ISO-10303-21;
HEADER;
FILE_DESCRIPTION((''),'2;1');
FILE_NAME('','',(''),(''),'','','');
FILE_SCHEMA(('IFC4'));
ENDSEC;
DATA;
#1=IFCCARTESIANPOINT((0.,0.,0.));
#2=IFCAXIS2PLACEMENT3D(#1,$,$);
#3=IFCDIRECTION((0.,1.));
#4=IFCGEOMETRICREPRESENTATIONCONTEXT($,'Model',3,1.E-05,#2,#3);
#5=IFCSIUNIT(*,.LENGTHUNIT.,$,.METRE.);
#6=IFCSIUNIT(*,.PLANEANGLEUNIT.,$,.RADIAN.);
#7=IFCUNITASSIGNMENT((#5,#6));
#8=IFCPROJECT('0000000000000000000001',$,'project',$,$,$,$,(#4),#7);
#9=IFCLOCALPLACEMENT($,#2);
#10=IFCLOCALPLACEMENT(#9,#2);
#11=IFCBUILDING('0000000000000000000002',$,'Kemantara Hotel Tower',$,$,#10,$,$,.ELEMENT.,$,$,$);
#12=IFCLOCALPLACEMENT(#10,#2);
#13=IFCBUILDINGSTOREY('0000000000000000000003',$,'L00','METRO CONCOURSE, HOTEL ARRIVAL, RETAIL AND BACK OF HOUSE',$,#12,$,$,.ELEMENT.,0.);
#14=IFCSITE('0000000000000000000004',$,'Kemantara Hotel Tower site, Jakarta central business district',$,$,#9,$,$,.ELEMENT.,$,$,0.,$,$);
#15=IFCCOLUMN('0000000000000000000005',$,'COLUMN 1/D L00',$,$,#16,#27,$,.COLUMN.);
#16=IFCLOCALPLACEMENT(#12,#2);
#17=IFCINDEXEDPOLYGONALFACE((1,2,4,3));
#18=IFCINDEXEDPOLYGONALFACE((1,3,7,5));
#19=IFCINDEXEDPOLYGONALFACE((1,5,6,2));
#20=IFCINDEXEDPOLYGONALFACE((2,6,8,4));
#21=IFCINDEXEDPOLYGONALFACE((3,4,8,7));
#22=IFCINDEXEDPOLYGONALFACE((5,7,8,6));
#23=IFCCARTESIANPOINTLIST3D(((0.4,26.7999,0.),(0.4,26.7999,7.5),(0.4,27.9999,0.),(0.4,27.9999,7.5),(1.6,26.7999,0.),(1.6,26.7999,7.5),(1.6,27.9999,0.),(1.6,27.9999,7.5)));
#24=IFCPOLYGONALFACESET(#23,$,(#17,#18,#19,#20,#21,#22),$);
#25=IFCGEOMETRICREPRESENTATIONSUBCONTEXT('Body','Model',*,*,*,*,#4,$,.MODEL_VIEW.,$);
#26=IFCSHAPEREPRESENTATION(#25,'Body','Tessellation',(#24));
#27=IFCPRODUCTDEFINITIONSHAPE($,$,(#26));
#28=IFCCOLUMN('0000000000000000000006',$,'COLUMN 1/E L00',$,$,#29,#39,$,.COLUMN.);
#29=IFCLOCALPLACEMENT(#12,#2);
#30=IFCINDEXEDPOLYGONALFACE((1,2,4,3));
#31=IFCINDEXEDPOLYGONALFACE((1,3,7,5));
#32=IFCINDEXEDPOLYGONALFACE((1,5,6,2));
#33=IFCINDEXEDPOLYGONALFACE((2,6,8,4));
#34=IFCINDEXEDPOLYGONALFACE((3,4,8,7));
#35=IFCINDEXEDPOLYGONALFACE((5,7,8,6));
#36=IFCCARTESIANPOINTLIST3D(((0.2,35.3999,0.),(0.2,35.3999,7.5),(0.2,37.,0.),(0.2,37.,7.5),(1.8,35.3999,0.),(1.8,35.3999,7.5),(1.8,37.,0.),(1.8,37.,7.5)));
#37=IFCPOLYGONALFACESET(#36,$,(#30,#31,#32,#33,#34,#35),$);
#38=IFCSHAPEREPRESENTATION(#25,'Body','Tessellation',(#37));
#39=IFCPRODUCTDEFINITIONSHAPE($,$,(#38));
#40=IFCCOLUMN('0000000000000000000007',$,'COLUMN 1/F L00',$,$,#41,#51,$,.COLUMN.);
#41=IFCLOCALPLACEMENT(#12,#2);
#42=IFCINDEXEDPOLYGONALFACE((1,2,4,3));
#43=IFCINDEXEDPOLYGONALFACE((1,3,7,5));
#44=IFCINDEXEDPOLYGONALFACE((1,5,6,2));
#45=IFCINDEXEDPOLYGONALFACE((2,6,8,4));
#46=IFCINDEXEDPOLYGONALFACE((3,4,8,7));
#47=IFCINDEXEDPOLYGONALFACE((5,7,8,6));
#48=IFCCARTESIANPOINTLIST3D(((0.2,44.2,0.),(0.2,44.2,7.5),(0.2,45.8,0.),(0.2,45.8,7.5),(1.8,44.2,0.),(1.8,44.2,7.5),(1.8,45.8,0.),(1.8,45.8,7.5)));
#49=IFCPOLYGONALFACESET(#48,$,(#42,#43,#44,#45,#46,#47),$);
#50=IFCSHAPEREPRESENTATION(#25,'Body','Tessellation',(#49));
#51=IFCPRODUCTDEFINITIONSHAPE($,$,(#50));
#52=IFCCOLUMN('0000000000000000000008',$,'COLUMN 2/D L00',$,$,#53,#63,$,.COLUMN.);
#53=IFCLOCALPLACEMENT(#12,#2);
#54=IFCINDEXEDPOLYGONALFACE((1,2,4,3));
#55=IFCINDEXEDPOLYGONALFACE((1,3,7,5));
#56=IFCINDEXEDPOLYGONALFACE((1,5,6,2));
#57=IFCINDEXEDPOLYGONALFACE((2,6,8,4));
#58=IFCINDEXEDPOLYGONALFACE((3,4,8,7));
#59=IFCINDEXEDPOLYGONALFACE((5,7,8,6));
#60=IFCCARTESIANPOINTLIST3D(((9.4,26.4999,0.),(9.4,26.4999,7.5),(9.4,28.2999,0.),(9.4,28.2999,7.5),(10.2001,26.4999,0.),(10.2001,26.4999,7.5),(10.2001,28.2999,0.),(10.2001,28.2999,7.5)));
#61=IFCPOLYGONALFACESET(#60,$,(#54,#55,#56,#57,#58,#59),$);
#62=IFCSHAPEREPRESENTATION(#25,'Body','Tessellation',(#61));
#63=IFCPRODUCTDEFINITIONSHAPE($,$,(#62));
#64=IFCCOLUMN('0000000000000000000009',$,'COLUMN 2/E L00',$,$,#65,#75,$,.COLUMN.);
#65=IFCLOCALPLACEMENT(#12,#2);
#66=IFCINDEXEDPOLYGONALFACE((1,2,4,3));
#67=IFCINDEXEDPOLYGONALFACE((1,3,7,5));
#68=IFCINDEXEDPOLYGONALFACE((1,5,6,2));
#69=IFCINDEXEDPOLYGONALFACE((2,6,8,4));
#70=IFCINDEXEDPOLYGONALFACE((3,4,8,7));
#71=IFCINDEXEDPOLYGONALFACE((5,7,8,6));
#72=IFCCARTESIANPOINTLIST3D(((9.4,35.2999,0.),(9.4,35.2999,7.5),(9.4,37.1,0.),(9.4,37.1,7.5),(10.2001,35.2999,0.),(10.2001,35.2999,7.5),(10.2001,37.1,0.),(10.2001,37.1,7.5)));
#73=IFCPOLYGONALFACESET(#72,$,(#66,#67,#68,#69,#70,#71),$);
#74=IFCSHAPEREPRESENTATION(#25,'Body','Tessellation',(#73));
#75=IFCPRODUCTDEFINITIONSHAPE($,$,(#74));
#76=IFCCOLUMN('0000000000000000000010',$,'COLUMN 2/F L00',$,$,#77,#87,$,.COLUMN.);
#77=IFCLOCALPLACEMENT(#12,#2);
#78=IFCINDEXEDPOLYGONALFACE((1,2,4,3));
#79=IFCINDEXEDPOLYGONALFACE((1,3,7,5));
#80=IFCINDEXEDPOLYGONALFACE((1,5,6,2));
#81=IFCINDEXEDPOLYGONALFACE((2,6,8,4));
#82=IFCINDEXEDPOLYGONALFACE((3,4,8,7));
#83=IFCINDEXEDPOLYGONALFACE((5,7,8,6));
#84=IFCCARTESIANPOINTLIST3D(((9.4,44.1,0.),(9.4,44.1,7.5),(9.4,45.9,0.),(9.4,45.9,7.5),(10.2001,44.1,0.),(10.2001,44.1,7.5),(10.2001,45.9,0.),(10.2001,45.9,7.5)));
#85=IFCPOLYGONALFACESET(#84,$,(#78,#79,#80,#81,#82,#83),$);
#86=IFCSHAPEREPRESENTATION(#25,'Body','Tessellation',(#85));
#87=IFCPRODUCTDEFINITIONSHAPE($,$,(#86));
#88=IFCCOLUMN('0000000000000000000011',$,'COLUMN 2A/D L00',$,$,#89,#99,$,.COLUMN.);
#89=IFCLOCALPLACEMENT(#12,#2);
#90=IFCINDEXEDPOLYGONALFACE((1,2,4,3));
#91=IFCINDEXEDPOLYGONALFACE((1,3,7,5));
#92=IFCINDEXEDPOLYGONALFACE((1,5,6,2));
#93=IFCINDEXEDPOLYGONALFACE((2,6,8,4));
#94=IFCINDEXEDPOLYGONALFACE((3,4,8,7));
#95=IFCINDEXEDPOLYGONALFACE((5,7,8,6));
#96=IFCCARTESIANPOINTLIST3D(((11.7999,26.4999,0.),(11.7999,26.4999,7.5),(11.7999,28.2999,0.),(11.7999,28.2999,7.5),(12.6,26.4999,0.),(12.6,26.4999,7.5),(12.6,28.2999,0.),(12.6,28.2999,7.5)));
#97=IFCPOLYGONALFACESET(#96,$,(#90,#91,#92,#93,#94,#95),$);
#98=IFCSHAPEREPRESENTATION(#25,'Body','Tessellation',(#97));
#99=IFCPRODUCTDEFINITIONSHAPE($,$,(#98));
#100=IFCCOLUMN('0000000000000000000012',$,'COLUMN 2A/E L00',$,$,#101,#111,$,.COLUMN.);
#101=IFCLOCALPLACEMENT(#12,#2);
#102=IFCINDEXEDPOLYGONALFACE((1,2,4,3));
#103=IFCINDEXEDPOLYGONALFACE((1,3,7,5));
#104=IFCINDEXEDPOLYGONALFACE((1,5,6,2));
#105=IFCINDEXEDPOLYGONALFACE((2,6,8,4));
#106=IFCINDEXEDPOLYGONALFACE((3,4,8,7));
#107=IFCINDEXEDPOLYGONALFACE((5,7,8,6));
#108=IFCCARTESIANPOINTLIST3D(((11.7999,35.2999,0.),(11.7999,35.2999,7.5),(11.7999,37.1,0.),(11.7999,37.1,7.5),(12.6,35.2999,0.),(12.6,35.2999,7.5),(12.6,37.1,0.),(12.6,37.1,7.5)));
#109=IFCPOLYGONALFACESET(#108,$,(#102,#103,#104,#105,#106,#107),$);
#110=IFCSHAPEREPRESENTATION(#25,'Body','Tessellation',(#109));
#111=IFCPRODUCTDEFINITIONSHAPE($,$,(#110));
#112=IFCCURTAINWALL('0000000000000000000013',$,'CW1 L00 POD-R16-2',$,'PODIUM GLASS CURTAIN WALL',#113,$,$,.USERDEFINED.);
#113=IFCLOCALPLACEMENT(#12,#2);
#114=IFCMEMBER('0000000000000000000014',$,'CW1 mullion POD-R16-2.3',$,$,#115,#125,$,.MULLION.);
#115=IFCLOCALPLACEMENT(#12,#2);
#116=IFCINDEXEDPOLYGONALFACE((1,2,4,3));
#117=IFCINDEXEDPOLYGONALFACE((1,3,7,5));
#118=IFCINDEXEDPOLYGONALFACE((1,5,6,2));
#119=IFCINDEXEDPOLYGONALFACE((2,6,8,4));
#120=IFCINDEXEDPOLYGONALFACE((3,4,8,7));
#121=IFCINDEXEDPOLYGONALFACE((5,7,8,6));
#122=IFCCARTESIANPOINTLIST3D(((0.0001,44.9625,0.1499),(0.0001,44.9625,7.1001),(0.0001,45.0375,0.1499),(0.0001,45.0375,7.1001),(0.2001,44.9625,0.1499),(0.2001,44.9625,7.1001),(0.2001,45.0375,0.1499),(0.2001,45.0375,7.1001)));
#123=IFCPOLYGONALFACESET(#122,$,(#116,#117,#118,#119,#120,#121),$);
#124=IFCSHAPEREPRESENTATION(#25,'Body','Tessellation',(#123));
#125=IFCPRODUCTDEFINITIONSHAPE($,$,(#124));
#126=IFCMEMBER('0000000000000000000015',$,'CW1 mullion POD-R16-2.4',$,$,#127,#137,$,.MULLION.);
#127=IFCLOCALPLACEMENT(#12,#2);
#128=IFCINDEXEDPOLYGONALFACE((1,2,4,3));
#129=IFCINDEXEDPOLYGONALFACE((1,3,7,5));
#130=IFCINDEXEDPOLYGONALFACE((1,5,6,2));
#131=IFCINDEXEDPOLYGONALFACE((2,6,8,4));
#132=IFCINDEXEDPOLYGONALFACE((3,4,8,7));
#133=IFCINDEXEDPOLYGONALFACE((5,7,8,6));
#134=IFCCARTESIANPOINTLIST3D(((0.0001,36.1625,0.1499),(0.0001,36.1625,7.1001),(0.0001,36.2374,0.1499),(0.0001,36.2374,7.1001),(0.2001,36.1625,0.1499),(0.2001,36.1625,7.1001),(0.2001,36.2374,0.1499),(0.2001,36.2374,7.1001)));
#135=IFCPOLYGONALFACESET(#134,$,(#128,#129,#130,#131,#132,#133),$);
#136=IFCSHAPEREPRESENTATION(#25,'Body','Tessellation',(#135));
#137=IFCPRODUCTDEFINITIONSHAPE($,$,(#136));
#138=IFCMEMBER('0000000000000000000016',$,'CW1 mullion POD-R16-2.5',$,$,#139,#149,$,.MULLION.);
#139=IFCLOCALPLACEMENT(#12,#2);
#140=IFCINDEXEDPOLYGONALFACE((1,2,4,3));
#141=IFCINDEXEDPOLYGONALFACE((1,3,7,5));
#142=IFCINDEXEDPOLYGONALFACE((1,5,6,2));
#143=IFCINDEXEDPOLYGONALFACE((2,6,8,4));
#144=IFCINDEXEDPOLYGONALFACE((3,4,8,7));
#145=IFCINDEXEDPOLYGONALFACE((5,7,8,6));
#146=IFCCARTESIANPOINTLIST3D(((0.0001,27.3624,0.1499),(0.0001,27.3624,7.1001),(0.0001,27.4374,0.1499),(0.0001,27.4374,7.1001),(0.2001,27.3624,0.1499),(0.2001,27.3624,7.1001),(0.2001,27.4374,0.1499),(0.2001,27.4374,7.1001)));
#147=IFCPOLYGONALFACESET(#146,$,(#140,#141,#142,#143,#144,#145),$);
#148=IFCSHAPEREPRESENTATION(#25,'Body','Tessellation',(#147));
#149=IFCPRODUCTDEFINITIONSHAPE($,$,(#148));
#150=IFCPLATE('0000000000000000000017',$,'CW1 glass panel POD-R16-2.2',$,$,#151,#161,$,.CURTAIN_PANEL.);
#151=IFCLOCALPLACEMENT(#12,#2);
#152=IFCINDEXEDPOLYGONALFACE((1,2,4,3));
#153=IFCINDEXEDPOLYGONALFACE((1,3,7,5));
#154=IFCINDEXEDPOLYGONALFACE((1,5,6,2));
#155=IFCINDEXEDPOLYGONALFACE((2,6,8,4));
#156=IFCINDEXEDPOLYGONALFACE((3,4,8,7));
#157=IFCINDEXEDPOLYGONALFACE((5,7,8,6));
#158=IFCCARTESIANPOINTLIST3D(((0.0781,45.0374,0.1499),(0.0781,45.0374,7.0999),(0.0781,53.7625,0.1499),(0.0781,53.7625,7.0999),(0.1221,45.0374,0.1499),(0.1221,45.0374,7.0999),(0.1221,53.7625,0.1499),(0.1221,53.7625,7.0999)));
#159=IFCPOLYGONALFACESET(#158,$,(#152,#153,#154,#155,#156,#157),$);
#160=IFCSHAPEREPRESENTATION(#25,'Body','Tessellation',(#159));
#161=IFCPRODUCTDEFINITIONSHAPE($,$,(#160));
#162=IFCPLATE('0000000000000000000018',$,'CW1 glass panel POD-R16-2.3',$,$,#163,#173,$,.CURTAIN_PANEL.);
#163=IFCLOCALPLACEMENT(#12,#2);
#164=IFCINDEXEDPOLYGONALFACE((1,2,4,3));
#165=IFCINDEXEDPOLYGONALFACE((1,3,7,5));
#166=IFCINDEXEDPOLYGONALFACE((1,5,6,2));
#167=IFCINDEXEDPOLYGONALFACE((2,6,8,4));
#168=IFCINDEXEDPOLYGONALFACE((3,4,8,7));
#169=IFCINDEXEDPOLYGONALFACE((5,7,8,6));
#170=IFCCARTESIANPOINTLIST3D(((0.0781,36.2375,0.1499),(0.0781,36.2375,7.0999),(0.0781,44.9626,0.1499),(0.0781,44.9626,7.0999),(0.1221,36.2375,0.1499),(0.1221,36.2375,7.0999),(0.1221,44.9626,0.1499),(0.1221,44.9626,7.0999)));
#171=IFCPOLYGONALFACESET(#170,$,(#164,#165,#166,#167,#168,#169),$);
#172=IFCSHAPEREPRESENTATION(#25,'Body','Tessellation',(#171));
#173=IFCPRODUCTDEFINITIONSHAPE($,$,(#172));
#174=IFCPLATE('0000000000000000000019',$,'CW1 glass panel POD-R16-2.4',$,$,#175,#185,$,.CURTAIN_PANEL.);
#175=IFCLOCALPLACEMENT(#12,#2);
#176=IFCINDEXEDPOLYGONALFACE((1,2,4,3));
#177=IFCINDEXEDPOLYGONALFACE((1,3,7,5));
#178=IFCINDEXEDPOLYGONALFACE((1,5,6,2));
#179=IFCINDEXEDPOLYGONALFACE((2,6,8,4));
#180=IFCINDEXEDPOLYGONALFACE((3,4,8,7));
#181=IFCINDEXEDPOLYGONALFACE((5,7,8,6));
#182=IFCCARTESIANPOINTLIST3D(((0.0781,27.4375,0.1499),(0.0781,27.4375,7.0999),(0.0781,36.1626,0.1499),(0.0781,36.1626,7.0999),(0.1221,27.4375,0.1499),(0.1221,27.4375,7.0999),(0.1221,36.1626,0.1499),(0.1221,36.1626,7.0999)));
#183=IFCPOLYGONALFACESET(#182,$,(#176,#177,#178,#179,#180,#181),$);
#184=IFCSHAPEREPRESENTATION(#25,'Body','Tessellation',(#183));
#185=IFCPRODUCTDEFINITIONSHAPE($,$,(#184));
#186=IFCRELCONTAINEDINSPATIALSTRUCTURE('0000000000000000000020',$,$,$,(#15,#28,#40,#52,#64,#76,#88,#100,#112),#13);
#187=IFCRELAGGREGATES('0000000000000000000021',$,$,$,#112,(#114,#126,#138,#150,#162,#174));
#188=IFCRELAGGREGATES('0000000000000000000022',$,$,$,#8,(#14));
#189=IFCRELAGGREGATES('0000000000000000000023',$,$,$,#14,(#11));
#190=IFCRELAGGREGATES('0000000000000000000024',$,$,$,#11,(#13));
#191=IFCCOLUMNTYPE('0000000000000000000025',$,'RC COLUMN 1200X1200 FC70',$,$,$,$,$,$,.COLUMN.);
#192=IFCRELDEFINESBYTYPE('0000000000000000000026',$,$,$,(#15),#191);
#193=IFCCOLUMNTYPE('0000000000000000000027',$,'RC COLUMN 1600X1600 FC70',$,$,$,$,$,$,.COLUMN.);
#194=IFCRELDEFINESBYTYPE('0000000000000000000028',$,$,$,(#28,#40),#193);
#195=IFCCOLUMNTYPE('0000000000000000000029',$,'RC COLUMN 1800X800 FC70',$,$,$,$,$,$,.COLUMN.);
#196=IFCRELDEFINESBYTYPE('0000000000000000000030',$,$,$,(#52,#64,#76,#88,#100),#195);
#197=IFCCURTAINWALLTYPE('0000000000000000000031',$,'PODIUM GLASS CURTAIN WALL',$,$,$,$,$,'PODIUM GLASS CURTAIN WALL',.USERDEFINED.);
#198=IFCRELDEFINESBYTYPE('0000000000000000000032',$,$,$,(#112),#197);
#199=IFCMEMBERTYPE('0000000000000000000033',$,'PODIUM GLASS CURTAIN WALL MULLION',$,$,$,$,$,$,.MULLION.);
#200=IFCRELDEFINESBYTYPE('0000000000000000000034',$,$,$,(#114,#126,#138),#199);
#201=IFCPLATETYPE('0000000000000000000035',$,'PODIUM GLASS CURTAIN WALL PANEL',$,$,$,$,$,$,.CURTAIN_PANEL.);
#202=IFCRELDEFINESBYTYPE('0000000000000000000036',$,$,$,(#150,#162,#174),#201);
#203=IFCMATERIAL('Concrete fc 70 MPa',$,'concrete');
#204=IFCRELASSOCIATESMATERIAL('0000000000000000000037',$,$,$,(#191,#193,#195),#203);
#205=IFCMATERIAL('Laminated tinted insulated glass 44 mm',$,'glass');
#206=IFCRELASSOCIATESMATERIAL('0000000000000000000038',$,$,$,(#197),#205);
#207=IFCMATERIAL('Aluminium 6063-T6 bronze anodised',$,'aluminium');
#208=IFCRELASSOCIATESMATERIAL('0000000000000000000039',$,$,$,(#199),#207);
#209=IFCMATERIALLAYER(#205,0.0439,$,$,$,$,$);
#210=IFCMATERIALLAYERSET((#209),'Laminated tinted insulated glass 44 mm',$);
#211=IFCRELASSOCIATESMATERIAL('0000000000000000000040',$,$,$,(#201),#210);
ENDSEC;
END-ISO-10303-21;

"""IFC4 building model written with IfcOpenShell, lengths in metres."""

from ifc_helpers import new_model, si_unit, direction, frame, origin, origin_2d, place, context, subcontext, project, spatial, rectangle, extrude, source, transform, mapped, material, layer, layer_set, material_profile, profile_set, type_object, element, aggregate, save


model = new_model("IFC4")

# Units and contexts
model_context = context("Model", 3, precision=1e-05, world=origin(), true_north=direction((0.0, 1.0)))
body_context = subcontext(model_context, "Body", "Model", "MODEL_VIEW")
ifc_project = project(units=[si_unit("LENGTHUNIT", "METRE"), si_unit("PLANEANGLEUNIT", "RADIAN")], contexts=[model_context])

# Site, building, storey
site_placement = place(None, origin())
site = spatial("IfcSite", under=ifc_project, at=site_placement, Name="Kemantara Hotel Tower site, Jakarta central business district", CompositionType="ELEMENT", RefElevation=0.0)
building_placement = place(site_placement, origin())
building = spatial("IfcBuilding", under=site, at=building_placement, Name="Kemantara Hotel Tower", CompositionType="ELEMENT")
storey_placement = place(building_placement, origin())
storey = spatial("IfcBuildingStorey", under=building, at=storey_placement, Name="L00", Description="METRO CONCOURSE, HOTEL ARRIVAL, RETAIL AND BACK OF HOUSE", CompositionType="ELEMENT", Elevation=0.0)

# Columns
ifc_material_1 = material(Name="Concrete fc 70 MPa", Category="concrete")
ifc_material_profile_1 = material_profile(ifc_material_1, rectangle(XDim=1.2, YDim=1.2, at=origin_2d()), Name="RC 1200X1200")
ifc_profile_set_1 = profile_set([ifc_material_profile_1], Name="Concrete fc 70 MPa")
column_type_1 = type_object("IfcColumnType", Name="RC COLUMN 1200X1200 FC70", PredefinedType="COLUMN", material=ifc_profile_set_1)
column_placement = place(storey_placement, frame((1.0, 27.3999, 0.0), z_axis=(0.0, 0.0, 1.0), x_axis=(1.0, 0.0, 0.0)))
element("IfcColumn", 1, at=column_placement, inside=storey, type_object=column_type_1, Name="COLUMN 1/D L00", PredefinedType="COLUMN", context=body_context, shape_type="SweptSolid", body=[
    extrude(rectangle(XDim=1.2, YDim=1.2, at=origin_2d()), origin(), (0.0, 0.0, 1.0), 7.5),
])
ifc_material_profile_2 = material_profile(ifc_material_1, rectangle(XDim=1.6001, YDim=1.6001, at=origin_2d()), Name="RC 1600X1600")
ifc_profile_set_2 = profile_set([ifc_material_profile_2], Name="Concrete fc 70 MPa")
column_type_2 = type_object("IfcColumnType", Name="RC COLUMN 1600X1600 FC70", PredefinedType="COLUMN", material=ifc_profile_set_2)
for number, where, z_axis, x_axis, name in (
    (2, (1.0, 36.2, 0.0), (0.0, 0.0, 1.0), (1.0, 0.0, 0.0), "COLUMN 1/E L00"),
    (3, (1.0, 45.0, 0.0), (0.0, 0.0, 1.0), (1.0, 0.0, 0.0), "COLUMN 1/F L00"),
):
    element("IfcColumn", number, at=place(storey_placement, frame(where, z_axis=z_axis, x_axis=x_axis)), inside=storey, type_object=column_type_2, Name=name, PredefinedType="COLUMN", context=body_context, shape_type="SweptSolid", body=[
        extrude(rectangle(XDim=1.6001, YDim=1.6001, at=origin_2d()), origin(), (0.0, 0.0, 1.0), 7.5),
    ])
ifc_material_profile_3 = material_profile(ifc_material_1, rectangle(XDim=1.8, YDim=0.8, at=origin_2d()), Name="RC 1800X800")
ifc_profile_set_3 = profile_set([ifc_material_profile_3], Name="Concrete fc 70 MPa")
column_type_3 = type_object("IfcColumnType", Name="RC COLUMN 1800X800 FC70", PredefinedType="COLUMN", material=ifc_profile_set_3)
for number, where, z_axis, x_axis, name in (
    (4, (9.8, 27.3999, 0.0), (0.0, 0.0, 1.0), (0.0, 1.0, 0.0), "COLUMN 2/D L00"),
    (5, (9.8, 36.2, 0.0), (0.0, 0.0, 1.0), (0.0, 1.0, 0.0), "COLUMN 2/E L00"),
    (6, (9.8, 45.0, 0.0), (0.0, 0.0, 1.0), (0.0, 1.0, 0.0), "COLUMN 2/F L00"),
    (7, (12.2, 27.3999, 0.0), (0.0, 0.0, 1.0), (0.0, 1.0, 0.0), "COLUMN 2A/D L00"),
    (8, (12.2, 36.2, 0.0), (0.0, 0.0, 1.0), (0.0, 1.0, 0.0), "COLUMN 2A/E L00"),
):
    element("IfcColumn", number, at=place(storey_placement, frame(where, z_axis=z_axis, x_axis=x_axis)), inside=storey, type_object=column_type_3, Name=name, PredefinedType="COLUMN", context=body_context, shape_type="SweptSolid", body=[
        extrude(rectangle(XDim=1.8, YDim=0.8, at=origin_2d()), origin(), (0.0, 0.0, 1.0), 7.5),
    ])

# Curtain wall, members, plates
ifc_material_2 = material(Name="Laminated tinted insulated glass 44 mm", Category="glass")
curtain_wall_type = type_object("IfcCurtainWallType", Name="PODIUM GLASS CURTAIN WALL", ElementType="PODIUM GLASS CURTAIN WALL", PredefinedType="USERDEFINED", material=ifc_material_2)
curtain_wall_placement = place(storey_placement, origin())
curtain_wall = element("IfcCurtainWall", 9, at=curtain_wall_placement, inside=storey, type_object=curtain_wall_type, Name="CW1 L00 POD-R16-2", ObjectType="PODIUM GLASS CURTAIN WALL", PredefinedType="USERDEFINED")
ifc_material_3 = material(Name="Aluminium 6063-T6 bronze anodised", Category="aluminium")
ifc_material_profile_4 = material_profile(ifc_material_3, rectangle(XDim=0.2, YDim=0.075, at=origin_2d()), Name="PODIUM GLASS CURTAIN WALL MULLION")
ifc_profile_set_4 = profile_set([ifc_material_profile_4], Name="Aluminium 6063-T6 bronze anodised")
member_type = type_object("IfcMemberType", Name="PODIUM GLASS CURTAIN WALL MULLION", PredefinedType="MULLION", material=ifc_profile_set_4)
shared_shape_1 = source(origin(), body_context, "Body", "SweptSolid", [
    extrude(rectangle(XDim=0.2, YDim=0.075, at=origin_2d()), origin(), (0.0, 0.0, 1.0), 6.9502),
])
member_1_placement = place(storey_placement, frame((0.1001, 45.0, 0.1499), z_axis=(0.0, 0.0, 1.0), x_axis=(1.0, 0.0, 0.0)))
member_1 = element("IfcMember", 10, at=member_1_placement, type_object=member_type, Name="CW1 mullion POD-R16-2.3", PredefinedType="MULLION", context=body_context, shape_type="MappedRepresentation", body=[
    mapped(shared_shape_1, transform((0.0, 0.0, 0.0))),
])
member_2_placement = place(storey_placement, frame((0.1001, 36.2, 0.1499), z_axis=(0.0, 0.0, 1.0), x_axis=(1.0, 0.0, 0.0)))
member_2 = element("IfcMember", 11, at=member_2_placement, type_object=member_type, Name="CW1 mullion POD-R16-2.4", PredefinedType="MULLION", context=body_context, shape_type="MappedRepresentation", body=[
    mapped(shared_shape_1, transform((0.0, 0.0, 0.0))),
])
member_3_placement = place(storey_placement, frame((0.1001, 27.3999, 0.1499), z_axis=(0.0, 0.0, 1.0), x_axis=(1.0, 0.0, 0.0)))
member_3 = element("IfcMember", 12, at=member_3_placement, type_object=member_type, Name="CW1 mullion POD-R16-2.5", PredefinedType="MULLION", context=body_context, shape_type="MappedRepresentation", body=[
    mapped(shared_shape_1, transform((0.0, 0.0, 0.0))),
])
ifc_layer_1 = layer(ifc_material_2, 0.0439)
ifc_layer_set_1 = layer_set([ifc_layer_1], Name="Laminated tinted insulated glass 44 mm")
plate_type = type_object("IfcPlateType", Name="PODIUM GLASS CURTAIN WALL PANEL", PredefinedType="CURTAIN_PANEL", material=ifc_layer_set_1)
shared_shape_2 = source(origin(), body_context, "Body", "SweptSolid", [
    extrude(rectangle(XDim=8.7251, YDim=0.0439, at=origin_2d()), origin(), (0.0, 0.0, 1.0), 6.95),
])
plate_1_placement = place(storey_placement, frame((0.1001, 49.3999, 0.1499), z_axis=(0.0, 0.0, 1.0), x_axis=(0.0, -1.0, 0.0)))
plate_1 = element("IfcPlate", 13, at=plate_1_placement, type_object=plate_type, Name="CW1 glass panel POD-R16-2.2", PredefinedType="CURTAIN_PANEL", context=body_context, shape_type="MappedRepresentation", body=[
    mapped(shared_shape_2, transform((0.0, 0.0, 0.0))),
])
plate_2_placement = place(storey_placement, frame((0.1001, 40.6001, 0.1499), z_axis=(0.0, 0.0, 1.0), x_axis=(0.0, -1.0, 0.0)))
plate_2 = element("IfcPlate", 14, at=plate_2_placement, type_object=plate_type, Name="CW1 glass panel POD-R16-2.3", PredefinedType="CURTAIN_PANEL", context=body_context, shape_type="MappedRepresentation", body=[
    mapped(shared_shape_2, transform((0.0, 0.0, 0.0))),
])
plate_3_placement = place(storey_placement, frame((0.1001, 31.8, 0.1499), z_axis=(0.0, 0.0, 1.0), x_axis=(0.0, -1.0, 0.0)))
plate_3 = element("IfcPlate", 15, at=plate_3_placement, type_object=plate_type, Name="CW1 glass panel POD-R16-2.4", PredefinedType="CURTAIN_PANEL", context=body_context, shape_type="MappedRepresentation", body=[
    mapped(shared_shape_2, transform((0.0, 0.0, 0.0))),
])
aggregate(curtain_wall, [member_1, member_2, member_3, plate_1, plate_2, plate_3])

save(model, "model.ifc")
